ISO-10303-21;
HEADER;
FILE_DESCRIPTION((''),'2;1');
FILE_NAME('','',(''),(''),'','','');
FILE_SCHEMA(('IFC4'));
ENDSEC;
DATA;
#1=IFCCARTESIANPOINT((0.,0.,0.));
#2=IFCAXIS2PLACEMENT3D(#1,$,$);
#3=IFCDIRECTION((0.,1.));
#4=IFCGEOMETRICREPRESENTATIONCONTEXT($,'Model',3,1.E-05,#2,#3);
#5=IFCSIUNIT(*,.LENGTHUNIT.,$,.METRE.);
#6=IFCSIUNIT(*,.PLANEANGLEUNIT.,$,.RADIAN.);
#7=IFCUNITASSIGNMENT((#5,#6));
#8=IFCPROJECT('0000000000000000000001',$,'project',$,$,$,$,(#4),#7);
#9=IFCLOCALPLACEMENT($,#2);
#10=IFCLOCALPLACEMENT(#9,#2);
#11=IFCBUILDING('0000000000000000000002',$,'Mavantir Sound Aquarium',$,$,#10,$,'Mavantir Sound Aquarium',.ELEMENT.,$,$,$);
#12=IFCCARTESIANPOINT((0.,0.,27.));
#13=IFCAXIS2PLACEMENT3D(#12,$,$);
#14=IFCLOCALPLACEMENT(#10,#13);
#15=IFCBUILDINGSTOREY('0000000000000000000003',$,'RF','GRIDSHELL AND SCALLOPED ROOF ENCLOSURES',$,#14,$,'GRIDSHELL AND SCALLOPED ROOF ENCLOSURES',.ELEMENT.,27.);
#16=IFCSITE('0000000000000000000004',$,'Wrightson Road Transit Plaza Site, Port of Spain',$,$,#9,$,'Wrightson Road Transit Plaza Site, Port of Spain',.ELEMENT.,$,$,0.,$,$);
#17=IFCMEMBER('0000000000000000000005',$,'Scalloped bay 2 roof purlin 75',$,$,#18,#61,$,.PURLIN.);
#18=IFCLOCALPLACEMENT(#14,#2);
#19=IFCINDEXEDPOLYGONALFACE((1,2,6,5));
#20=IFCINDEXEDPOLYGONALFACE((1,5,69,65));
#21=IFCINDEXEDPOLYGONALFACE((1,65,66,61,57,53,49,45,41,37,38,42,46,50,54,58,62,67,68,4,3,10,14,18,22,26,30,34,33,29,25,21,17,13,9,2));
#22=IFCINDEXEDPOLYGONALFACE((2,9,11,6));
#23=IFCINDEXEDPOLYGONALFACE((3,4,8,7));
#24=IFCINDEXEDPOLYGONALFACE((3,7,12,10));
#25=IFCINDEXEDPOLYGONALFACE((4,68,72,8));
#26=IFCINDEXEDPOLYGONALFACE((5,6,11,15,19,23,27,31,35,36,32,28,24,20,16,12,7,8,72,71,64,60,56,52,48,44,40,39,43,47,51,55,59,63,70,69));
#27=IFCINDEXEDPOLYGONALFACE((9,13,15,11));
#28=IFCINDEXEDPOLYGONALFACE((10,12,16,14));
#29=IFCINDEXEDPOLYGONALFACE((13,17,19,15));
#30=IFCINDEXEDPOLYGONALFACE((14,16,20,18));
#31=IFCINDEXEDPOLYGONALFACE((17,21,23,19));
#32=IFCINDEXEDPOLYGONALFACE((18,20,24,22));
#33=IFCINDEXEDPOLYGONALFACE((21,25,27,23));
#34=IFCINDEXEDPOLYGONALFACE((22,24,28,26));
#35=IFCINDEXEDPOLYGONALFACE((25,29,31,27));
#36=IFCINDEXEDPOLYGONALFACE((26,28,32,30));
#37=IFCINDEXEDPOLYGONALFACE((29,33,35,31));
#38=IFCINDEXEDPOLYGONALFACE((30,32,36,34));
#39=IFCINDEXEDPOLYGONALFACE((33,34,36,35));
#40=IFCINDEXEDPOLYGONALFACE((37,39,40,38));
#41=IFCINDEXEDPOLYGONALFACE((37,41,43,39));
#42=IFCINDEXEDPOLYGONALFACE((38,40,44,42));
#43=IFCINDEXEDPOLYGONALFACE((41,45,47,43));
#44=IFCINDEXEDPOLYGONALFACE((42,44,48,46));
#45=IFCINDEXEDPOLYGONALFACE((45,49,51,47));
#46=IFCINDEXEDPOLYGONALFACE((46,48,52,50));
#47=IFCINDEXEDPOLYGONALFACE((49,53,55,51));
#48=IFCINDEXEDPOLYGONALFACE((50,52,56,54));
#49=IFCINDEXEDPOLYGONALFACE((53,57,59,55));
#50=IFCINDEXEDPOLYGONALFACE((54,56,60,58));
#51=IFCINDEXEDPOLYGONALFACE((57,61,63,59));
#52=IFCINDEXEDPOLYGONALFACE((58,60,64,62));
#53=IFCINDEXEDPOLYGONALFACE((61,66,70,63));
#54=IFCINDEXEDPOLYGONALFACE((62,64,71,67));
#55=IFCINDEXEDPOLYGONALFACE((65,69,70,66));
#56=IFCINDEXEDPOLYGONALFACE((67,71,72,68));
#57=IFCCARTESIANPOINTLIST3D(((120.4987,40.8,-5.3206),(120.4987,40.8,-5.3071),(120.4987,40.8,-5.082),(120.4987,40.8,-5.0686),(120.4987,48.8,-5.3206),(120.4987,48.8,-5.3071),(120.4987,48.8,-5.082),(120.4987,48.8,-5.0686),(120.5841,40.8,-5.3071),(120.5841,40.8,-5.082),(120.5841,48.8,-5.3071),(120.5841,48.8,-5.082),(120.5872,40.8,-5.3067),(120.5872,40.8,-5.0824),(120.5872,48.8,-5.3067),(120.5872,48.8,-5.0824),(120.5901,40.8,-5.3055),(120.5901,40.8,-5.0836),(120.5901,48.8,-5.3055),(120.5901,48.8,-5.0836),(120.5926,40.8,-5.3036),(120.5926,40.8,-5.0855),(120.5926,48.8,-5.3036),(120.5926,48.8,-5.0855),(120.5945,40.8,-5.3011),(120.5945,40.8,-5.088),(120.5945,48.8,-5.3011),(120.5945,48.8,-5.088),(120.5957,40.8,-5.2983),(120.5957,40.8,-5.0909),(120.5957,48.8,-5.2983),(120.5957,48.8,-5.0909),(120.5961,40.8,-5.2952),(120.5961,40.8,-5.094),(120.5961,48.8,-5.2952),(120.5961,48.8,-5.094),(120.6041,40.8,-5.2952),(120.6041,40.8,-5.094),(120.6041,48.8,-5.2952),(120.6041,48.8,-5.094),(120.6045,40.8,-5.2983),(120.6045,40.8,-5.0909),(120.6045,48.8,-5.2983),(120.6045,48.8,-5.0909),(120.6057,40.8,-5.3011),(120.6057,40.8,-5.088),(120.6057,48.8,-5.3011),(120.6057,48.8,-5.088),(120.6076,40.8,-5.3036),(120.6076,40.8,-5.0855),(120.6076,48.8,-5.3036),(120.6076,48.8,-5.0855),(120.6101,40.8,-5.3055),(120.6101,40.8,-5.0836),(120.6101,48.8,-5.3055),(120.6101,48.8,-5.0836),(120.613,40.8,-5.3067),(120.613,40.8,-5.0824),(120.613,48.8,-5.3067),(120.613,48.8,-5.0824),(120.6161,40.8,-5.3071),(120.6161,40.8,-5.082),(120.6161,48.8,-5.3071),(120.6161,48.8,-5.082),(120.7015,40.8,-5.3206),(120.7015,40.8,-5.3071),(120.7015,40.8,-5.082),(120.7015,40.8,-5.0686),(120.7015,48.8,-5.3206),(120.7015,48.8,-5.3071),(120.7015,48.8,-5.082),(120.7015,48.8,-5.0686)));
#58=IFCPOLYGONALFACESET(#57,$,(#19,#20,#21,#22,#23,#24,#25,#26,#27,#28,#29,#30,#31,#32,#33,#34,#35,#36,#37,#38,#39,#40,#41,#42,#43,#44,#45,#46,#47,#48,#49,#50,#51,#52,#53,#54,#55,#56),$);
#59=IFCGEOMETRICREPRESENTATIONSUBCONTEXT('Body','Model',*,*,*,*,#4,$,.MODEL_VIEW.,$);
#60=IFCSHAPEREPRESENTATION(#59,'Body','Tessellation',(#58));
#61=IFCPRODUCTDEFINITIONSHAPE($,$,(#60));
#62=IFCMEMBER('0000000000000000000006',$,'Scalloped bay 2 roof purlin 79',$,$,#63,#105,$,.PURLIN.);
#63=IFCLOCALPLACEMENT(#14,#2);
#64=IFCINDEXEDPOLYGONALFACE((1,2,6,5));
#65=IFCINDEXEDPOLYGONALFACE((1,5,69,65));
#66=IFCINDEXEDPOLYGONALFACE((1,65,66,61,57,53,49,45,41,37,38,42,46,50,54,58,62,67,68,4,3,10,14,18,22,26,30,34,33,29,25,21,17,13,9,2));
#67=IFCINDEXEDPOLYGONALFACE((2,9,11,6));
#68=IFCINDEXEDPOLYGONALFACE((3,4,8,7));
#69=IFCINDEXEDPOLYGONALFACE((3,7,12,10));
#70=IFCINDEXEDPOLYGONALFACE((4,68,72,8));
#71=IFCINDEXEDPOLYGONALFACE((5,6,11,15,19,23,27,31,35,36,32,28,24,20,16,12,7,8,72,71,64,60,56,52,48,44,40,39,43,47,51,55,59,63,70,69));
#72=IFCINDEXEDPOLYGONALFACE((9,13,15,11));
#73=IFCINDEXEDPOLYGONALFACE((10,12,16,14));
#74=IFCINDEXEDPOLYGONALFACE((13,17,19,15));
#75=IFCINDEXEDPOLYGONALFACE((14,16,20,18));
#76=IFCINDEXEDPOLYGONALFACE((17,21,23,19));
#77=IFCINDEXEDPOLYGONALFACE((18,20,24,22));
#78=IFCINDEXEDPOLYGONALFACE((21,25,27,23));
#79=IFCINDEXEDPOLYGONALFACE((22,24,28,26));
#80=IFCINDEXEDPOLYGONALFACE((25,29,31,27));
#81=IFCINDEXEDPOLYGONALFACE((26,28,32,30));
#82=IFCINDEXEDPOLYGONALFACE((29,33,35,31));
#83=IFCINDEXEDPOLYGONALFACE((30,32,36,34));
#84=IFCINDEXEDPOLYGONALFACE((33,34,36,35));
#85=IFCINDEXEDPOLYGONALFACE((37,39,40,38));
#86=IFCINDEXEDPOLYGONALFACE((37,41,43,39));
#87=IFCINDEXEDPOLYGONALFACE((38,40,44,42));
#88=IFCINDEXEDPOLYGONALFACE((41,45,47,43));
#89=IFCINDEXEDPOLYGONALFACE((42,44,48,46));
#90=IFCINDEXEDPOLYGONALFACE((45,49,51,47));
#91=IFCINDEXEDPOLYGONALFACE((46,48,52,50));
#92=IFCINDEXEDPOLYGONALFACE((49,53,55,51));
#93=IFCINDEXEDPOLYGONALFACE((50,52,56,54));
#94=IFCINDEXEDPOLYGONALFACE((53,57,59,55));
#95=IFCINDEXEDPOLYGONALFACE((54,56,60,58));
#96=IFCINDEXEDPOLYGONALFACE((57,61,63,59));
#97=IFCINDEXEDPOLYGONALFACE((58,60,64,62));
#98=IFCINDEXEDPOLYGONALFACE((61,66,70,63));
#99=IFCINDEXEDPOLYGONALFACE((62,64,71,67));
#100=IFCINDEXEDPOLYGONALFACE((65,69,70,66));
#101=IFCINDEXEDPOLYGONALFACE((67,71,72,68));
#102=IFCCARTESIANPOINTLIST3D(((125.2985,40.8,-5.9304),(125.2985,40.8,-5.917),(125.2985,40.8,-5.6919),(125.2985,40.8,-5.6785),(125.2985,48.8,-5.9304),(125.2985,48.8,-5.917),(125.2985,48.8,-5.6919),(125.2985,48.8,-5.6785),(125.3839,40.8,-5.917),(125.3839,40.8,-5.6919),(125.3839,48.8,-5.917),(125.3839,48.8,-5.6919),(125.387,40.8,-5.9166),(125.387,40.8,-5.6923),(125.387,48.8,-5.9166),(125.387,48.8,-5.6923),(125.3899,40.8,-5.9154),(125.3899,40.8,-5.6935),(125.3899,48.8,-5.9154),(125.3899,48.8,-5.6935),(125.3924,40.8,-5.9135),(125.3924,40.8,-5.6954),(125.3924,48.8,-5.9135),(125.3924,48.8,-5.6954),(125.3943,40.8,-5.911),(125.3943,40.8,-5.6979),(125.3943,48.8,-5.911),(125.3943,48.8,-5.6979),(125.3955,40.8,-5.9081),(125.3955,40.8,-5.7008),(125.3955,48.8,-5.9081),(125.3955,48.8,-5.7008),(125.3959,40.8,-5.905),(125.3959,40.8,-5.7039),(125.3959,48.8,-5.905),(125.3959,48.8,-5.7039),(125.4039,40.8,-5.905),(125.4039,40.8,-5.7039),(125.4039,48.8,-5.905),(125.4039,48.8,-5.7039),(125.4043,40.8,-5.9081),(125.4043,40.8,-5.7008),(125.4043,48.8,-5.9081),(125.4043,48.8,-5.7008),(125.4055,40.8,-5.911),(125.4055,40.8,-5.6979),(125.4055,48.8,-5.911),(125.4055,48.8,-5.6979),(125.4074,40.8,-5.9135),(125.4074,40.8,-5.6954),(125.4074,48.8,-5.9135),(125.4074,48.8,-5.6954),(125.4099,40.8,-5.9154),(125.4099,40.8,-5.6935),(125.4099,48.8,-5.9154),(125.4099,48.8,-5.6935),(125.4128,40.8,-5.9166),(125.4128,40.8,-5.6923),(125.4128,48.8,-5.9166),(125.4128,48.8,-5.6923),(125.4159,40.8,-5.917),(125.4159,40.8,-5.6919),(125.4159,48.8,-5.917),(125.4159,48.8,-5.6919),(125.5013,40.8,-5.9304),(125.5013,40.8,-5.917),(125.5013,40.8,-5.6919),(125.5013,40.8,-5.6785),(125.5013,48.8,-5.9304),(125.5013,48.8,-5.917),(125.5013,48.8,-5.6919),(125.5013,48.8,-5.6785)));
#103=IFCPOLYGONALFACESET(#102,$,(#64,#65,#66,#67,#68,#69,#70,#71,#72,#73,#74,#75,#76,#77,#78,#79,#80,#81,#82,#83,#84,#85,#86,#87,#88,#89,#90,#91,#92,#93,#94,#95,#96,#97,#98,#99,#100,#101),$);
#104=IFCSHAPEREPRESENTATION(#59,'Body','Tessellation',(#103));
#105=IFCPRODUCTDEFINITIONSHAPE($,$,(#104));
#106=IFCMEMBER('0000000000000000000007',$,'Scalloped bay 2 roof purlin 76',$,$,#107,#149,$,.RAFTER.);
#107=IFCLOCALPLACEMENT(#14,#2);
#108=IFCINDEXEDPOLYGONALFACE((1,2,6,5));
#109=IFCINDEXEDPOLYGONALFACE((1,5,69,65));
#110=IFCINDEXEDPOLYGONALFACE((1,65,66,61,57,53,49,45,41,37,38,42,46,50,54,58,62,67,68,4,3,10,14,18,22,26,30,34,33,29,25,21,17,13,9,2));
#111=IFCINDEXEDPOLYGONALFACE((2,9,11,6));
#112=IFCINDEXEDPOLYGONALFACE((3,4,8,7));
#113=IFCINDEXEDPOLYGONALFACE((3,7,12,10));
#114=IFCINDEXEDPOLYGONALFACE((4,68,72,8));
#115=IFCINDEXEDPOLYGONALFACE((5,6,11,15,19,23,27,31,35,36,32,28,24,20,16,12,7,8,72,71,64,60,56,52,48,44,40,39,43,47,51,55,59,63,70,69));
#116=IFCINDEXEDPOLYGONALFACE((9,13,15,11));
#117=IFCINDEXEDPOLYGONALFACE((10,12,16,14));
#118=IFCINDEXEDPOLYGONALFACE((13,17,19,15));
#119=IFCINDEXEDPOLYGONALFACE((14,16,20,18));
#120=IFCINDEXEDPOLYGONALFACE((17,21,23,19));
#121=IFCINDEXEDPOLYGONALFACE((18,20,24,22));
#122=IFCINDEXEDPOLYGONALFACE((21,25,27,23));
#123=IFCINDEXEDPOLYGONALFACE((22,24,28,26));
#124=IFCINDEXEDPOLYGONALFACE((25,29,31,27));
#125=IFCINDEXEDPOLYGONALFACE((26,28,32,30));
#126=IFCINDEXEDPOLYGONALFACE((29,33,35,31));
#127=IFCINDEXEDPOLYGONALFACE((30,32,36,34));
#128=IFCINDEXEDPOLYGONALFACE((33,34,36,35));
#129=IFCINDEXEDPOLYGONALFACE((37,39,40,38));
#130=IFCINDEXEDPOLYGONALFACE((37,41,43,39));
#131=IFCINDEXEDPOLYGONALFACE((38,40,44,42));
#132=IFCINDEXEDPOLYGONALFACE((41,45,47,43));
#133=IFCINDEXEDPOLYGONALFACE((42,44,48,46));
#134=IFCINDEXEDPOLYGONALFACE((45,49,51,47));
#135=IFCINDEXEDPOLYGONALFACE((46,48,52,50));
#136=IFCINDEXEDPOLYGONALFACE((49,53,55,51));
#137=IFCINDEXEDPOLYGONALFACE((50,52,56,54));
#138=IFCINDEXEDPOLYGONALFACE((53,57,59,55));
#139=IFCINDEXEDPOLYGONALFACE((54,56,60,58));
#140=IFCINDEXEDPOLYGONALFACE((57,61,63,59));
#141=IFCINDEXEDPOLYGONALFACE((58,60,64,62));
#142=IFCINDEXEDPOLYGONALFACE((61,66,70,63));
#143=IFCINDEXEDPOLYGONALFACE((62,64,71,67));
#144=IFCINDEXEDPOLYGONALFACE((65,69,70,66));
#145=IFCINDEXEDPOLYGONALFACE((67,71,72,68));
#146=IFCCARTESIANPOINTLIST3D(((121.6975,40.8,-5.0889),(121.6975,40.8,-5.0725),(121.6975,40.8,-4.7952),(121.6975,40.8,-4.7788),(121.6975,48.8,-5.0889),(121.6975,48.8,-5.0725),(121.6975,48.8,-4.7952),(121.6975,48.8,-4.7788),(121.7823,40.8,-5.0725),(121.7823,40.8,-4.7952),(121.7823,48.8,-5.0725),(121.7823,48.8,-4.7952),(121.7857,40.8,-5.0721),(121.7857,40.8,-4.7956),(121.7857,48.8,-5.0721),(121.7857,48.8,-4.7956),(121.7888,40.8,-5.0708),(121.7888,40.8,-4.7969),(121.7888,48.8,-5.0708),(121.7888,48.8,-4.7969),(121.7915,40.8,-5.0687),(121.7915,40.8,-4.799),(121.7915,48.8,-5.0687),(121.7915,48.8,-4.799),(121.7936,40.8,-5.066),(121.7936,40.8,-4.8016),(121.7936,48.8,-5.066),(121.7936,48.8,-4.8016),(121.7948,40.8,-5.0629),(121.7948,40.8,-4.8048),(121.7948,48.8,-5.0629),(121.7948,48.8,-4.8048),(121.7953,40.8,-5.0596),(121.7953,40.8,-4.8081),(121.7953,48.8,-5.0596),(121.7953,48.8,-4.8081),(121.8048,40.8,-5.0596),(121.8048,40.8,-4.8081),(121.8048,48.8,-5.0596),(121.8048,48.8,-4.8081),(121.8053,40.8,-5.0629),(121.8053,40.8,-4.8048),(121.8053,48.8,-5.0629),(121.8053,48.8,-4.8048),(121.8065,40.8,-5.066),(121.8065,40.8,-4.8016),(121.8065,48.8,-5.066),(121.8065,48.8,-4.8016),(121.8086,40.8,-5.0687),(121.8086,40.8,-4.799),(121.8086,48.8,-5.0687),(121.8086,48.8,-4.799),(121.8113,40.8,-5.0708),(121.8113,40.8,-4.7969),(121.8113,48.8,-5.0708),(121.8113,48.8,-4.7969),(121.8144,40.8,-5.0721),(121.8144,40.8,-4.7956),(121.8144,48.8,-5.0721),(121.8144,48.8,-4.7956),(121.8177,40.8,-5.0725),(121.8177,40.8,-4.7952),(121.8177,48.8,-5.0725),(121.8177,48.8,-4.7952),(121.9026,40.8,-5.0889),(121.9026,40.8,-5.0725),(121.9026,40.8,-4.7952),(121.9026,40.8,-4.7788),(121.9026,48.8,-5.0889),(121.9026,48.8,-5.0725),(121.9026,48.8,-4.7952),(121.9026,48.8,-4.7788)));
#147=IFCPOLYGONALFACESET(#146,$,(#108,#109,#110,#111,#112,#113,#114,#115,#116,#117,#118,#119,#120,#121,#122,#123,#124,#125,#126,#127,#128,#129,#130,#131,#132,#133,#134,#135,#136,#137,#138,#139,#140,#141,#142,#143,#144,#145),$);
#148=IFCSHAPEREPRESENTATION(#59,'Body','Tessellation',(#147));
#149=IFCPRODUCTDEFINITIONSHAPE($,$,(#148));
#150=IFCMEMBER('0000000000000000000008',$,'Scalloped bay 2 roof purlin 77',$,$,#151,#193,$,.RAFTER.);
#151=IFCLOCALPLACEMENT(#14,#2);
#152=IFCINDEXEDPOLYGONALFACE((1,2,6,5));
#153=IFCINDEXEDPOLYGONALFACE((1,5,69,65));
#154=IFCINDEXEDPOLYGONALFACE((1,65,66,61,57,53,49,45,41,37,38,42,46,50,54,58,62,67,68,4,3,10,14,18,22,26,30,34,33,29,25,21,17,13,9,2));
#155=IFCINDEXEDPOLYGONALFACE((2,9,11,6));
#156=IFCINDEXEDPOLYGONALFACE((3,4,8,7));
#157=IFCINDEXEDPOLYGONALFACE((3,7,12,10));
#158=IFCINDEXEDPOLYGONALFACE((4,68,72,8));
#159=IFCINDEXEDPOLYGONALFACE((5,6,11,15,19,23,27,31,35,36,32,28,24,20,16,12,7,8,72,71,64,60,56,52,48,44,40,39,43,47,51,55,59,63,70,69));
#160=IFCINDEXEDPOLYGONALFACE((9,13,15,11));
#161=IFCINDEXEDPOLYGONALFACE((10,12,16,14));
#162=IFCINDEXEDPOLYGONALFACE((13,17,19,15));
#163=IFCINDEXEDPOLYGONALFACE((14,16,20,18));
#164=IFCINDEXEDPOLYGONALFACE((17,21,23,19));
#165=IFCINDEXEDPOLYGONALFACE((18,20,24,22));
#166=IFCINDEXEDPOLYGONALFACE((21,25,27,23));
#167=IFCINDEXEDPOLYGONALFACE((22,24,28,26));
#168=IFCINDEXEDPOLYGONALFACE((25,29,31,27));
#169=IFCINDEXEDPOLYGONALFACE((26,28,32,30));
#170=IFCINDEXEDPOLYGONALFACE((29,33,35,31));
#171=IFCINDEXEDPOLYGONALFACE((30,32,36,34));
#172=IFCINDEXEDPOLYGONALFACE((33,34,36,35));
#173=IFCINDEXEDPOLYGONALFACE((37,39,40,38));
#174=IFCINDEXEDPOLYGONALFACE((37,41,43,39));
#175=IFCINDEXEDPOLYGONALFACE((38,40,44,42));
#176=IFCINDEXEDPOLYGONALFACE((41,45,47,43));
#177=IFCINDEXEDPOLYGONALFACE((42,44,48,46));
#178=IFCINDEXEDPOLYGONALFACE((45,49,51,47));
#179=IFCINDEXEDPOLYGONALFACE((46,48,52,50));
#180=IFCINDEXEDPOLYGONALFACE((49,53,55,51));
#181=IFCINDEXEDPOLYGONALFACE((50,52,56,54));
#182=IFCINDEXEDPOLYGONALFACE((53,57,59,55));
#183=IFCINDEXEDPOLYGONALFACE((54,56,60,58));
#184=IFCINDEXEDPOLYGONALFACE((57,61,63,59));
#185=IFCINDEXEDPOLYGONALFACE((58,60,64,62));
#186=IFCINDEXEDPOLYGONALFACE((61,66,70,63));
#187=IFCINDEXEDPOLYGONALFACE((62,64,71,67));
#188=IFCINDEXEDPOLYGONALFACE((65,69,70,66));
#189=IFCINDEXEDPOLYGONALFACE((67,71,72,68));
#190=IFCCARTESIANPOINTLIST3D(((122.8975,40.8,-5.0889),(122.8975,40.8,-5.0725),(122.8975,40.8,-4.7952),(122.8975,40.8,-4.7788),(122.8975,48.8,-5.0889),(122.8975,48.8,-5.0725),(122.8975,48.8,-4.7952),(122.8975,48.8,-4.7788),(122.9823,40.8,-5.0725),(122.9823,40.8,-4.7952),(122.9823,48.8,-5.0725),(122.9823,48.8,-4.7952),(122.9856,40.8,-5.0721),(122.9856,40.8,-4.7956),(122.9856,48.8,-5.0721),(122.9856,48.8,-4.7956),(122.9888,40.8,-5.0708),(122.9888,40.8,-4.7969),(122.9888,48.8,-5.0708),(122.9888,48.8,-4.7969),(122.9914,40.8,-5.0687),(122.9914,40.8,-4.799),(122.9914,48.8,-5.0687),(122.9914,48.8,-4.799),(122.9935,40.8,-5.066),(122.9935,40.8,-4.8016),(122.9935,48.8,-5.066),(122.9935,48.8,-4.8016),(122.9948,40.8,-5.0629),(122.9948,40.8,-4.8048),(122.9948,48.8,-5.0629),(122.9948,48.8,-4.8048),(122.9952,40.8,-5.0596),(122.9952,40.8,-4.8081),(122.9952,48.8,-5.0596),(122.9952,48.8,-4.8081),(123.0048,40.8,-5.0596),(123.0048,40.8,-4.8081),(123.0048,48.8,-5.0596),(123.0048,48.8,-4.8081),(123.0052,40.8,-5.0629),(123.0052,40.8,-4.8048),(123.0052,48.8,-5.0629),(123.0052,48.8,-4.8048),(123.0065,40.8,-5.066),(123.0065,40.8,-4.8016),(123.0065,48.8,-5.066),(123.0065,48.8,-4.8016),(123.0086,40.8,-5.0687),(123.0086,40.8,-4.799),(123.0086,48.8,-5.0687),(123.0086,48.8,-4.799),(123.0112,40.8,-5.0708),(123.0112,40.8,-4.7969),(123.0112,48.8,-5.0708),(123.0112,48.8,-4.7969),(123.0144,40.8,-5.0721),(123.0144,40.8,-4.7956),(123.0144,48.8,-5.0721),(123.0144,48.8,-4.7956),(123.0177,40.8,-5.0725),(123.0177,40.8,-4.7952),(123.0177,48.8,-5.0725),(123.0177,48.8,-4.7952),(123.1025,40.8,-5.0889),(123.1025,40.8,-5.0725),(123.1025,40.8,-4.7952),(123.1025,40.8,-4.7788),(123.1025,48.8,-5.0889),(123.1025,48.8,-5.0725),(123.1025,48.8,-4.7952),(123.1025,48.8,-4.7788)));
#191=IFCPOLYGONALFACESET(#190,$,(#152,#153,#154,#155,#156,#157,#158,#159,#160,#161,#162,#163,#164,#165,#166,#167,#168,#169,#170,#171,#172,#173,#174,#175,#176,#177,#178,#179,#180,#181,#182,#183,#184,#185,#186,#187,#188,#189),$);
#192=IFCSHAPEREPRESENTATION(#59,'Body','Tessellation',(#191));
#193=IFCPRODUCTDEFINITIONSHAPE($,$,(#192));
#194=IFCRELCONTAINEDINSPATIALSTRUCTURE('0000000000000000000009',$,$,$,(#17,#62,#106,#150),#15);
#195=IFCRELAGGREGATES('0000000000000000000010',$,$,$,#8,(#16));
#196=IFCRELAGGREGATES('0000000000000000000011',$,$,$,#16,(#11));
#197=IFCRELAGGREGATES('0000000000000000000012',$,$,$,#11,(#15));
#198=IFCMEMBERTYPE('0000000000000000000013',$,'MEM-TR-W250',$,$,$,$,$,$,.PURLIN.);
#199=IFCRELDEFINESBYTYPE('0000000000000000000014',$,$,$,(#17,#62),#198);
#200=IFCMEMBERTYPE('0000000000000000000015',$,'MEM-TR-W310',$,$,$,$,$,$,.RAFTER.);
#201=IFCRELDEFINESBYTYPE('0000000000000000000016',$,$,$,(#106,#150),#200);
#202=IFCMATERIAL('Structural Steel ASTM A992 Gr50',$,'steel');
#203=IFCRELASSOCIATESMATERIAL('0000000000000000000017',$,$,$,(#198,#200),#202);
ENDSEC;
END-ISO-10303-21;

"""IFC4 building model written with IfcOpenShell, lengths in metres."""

from ifc_helpers import new_model, si_unit, direction, frame, origin, origin_2d, place, context, subcontext, project, spatial, i_section, extrude, material, material_profile, profile_set, type_object, element, save


model = new_model("IFC4")

# Units and contexts
model_context = context("Model", 3, precision=1e-05, world=origin(), true_north=direction((0.0, 1.0)))
body_context = subcontext(model_context, "Body", "Model", "MODEL_VIEW")
ifc_project = project(units=[si_unit("LENGTHUNIT", "METRE"), si_unit("PLANEANGLEUNIT", "RADIAN")], contexts=[model_context])

# Site, building, storey
site_placement = place(None, origin())
site = spatial("IfcSite", under=ifc_project, at=site_placement, Name="Wrightson Road Transit Plaza Site, Port of Spain", LongName="Wrightson Road Transit Plaza Site, Port of Spain", CompositionType="ELEMENT", RefElevation=0.0)
building_placement = place(site_placement, origin())
building = spatial("IfcBuilding", under=site, at=building_placement, Name="Mavantir Sound Aquarium", LongName="Mavantir Sound Aquarium", CompositionType="ELEMENT")
storey_placement = place(building_placement, frame((0.0, 0.0, 27.0)))
storey = spatial("IfcBuildingStorey", under=building, at=storey_placement, Name="RF", Description="GRIDSHELL AND SCALLOPED ROOF ENCLOSURES", LongName="GRIDSHELL AND SCALLOPED ROOF ENCLOSURES", CompositionType="ELEMENT", Elevation=27.0)

# Shared definitions
ifc_material_1 = material(Name="Structural Steel ASTM A992 Gr50", Category="steel")

# Members
ifc_material_profile_1 = material_profile(ifc_material_1, i_section(OverallWidth=0.2029, OverallDepth=0.252, WebThickness=0.0081, FlangeThickness=0.0134, FilletRadius=0.012, at=origin_2d()), Name="W250X58")
ifc_profile_set_1 = profile_set([ifc_material_profile_1], Name="Structural Steel ASTM A992 Gr50")
member_type_1 = type_object("IfcMemberType", Name="MEM-TR-W250", PredefinedType="PURLIN", material=ifc_profile_set_1)
for number, where, z_axis, x_axis, name in (
    (1, (120.6001, 40.8, -5.1946), (0.0, 1.0, 0.0), (-1.0, 0.0, 0.0), "Scalloped bay 2 roof purlin 75"),
    (2, (125.3999, 40.8, -5.8044), (0.0, 1.0, 0.0), (-1.0, 0.0, 0.0), "Scalloped bay 2 roof purlin 79"),
):
    element("IfcMember", number, at=place(storey_placement, frame(where, z_axis=z_axis, x_axis=x_axis)), inside=storey, type_object=member_type_1, Name=name, PredefinedType="PURLIN", context=body_context, shape_type="SweptSolid", body=[
        extrude(i_section(OverallWidth=0.2029, OverallDepth=0.252, WebThickness=0.0081, FlangeThickness=0.0134, FilletRadius=0.012, at=origin_2d()), origin(), (0.0, 0.0, 1.0), 8.0),
    ])
ifc_material_profile_2 = material_profile(ifc_material_1, i_section(OverallWidth=0.2051, OverallDepth=0.3101, WebThickness=0.0095, FlangeThickness=0.0164, FilletRadius=0.0129, at=origin_2d()), Name="W310X74")
ifc_profile_set_2 = profile_set([ifc_material_profile_2], Name="Structural Steel ASTM A992 Gr50")
member_type_2 = type_object("IfcMemberType", Name="MEM-TR-W310", PredefinedType="RAFTER", material=ifc_profile_set_2)
for number, where, z_axis, x_axis, name in (
    (3, (121.8, 40.8, -4.9338), (0.0, 1.0, 0.0), (-1.0, 0.0, 0.0), "Scalloped bay 2 roof purlin 76"),
    (4, (123.0, 40.8, -4.9338), (0.0, 1.0, 0.0), (-1.0, 0.0, 0.0), "Scalloped bay 2 roof purlin 77"),
):
    element("IfcMember", number, at=place(storey_placement, frame(where, z_axis=z_axis, x_axis=x_axis)), inside=storey, type_object=member_type_2, Name=name, PredefinedType="RAFTER", context=body_context, shape_type="SweptSolid", body=[
        extrude(i_section(OverallWidth=0.2051, OverallDepth=0.3101, WebThickness=0.0095, FlangeThickness=0.0164, FilletRadius=0.0129, at=origin_2d()), origin(), (0.0, 0.0, 1.0), 8.0),
    ])

save(model, "model.ifc")
